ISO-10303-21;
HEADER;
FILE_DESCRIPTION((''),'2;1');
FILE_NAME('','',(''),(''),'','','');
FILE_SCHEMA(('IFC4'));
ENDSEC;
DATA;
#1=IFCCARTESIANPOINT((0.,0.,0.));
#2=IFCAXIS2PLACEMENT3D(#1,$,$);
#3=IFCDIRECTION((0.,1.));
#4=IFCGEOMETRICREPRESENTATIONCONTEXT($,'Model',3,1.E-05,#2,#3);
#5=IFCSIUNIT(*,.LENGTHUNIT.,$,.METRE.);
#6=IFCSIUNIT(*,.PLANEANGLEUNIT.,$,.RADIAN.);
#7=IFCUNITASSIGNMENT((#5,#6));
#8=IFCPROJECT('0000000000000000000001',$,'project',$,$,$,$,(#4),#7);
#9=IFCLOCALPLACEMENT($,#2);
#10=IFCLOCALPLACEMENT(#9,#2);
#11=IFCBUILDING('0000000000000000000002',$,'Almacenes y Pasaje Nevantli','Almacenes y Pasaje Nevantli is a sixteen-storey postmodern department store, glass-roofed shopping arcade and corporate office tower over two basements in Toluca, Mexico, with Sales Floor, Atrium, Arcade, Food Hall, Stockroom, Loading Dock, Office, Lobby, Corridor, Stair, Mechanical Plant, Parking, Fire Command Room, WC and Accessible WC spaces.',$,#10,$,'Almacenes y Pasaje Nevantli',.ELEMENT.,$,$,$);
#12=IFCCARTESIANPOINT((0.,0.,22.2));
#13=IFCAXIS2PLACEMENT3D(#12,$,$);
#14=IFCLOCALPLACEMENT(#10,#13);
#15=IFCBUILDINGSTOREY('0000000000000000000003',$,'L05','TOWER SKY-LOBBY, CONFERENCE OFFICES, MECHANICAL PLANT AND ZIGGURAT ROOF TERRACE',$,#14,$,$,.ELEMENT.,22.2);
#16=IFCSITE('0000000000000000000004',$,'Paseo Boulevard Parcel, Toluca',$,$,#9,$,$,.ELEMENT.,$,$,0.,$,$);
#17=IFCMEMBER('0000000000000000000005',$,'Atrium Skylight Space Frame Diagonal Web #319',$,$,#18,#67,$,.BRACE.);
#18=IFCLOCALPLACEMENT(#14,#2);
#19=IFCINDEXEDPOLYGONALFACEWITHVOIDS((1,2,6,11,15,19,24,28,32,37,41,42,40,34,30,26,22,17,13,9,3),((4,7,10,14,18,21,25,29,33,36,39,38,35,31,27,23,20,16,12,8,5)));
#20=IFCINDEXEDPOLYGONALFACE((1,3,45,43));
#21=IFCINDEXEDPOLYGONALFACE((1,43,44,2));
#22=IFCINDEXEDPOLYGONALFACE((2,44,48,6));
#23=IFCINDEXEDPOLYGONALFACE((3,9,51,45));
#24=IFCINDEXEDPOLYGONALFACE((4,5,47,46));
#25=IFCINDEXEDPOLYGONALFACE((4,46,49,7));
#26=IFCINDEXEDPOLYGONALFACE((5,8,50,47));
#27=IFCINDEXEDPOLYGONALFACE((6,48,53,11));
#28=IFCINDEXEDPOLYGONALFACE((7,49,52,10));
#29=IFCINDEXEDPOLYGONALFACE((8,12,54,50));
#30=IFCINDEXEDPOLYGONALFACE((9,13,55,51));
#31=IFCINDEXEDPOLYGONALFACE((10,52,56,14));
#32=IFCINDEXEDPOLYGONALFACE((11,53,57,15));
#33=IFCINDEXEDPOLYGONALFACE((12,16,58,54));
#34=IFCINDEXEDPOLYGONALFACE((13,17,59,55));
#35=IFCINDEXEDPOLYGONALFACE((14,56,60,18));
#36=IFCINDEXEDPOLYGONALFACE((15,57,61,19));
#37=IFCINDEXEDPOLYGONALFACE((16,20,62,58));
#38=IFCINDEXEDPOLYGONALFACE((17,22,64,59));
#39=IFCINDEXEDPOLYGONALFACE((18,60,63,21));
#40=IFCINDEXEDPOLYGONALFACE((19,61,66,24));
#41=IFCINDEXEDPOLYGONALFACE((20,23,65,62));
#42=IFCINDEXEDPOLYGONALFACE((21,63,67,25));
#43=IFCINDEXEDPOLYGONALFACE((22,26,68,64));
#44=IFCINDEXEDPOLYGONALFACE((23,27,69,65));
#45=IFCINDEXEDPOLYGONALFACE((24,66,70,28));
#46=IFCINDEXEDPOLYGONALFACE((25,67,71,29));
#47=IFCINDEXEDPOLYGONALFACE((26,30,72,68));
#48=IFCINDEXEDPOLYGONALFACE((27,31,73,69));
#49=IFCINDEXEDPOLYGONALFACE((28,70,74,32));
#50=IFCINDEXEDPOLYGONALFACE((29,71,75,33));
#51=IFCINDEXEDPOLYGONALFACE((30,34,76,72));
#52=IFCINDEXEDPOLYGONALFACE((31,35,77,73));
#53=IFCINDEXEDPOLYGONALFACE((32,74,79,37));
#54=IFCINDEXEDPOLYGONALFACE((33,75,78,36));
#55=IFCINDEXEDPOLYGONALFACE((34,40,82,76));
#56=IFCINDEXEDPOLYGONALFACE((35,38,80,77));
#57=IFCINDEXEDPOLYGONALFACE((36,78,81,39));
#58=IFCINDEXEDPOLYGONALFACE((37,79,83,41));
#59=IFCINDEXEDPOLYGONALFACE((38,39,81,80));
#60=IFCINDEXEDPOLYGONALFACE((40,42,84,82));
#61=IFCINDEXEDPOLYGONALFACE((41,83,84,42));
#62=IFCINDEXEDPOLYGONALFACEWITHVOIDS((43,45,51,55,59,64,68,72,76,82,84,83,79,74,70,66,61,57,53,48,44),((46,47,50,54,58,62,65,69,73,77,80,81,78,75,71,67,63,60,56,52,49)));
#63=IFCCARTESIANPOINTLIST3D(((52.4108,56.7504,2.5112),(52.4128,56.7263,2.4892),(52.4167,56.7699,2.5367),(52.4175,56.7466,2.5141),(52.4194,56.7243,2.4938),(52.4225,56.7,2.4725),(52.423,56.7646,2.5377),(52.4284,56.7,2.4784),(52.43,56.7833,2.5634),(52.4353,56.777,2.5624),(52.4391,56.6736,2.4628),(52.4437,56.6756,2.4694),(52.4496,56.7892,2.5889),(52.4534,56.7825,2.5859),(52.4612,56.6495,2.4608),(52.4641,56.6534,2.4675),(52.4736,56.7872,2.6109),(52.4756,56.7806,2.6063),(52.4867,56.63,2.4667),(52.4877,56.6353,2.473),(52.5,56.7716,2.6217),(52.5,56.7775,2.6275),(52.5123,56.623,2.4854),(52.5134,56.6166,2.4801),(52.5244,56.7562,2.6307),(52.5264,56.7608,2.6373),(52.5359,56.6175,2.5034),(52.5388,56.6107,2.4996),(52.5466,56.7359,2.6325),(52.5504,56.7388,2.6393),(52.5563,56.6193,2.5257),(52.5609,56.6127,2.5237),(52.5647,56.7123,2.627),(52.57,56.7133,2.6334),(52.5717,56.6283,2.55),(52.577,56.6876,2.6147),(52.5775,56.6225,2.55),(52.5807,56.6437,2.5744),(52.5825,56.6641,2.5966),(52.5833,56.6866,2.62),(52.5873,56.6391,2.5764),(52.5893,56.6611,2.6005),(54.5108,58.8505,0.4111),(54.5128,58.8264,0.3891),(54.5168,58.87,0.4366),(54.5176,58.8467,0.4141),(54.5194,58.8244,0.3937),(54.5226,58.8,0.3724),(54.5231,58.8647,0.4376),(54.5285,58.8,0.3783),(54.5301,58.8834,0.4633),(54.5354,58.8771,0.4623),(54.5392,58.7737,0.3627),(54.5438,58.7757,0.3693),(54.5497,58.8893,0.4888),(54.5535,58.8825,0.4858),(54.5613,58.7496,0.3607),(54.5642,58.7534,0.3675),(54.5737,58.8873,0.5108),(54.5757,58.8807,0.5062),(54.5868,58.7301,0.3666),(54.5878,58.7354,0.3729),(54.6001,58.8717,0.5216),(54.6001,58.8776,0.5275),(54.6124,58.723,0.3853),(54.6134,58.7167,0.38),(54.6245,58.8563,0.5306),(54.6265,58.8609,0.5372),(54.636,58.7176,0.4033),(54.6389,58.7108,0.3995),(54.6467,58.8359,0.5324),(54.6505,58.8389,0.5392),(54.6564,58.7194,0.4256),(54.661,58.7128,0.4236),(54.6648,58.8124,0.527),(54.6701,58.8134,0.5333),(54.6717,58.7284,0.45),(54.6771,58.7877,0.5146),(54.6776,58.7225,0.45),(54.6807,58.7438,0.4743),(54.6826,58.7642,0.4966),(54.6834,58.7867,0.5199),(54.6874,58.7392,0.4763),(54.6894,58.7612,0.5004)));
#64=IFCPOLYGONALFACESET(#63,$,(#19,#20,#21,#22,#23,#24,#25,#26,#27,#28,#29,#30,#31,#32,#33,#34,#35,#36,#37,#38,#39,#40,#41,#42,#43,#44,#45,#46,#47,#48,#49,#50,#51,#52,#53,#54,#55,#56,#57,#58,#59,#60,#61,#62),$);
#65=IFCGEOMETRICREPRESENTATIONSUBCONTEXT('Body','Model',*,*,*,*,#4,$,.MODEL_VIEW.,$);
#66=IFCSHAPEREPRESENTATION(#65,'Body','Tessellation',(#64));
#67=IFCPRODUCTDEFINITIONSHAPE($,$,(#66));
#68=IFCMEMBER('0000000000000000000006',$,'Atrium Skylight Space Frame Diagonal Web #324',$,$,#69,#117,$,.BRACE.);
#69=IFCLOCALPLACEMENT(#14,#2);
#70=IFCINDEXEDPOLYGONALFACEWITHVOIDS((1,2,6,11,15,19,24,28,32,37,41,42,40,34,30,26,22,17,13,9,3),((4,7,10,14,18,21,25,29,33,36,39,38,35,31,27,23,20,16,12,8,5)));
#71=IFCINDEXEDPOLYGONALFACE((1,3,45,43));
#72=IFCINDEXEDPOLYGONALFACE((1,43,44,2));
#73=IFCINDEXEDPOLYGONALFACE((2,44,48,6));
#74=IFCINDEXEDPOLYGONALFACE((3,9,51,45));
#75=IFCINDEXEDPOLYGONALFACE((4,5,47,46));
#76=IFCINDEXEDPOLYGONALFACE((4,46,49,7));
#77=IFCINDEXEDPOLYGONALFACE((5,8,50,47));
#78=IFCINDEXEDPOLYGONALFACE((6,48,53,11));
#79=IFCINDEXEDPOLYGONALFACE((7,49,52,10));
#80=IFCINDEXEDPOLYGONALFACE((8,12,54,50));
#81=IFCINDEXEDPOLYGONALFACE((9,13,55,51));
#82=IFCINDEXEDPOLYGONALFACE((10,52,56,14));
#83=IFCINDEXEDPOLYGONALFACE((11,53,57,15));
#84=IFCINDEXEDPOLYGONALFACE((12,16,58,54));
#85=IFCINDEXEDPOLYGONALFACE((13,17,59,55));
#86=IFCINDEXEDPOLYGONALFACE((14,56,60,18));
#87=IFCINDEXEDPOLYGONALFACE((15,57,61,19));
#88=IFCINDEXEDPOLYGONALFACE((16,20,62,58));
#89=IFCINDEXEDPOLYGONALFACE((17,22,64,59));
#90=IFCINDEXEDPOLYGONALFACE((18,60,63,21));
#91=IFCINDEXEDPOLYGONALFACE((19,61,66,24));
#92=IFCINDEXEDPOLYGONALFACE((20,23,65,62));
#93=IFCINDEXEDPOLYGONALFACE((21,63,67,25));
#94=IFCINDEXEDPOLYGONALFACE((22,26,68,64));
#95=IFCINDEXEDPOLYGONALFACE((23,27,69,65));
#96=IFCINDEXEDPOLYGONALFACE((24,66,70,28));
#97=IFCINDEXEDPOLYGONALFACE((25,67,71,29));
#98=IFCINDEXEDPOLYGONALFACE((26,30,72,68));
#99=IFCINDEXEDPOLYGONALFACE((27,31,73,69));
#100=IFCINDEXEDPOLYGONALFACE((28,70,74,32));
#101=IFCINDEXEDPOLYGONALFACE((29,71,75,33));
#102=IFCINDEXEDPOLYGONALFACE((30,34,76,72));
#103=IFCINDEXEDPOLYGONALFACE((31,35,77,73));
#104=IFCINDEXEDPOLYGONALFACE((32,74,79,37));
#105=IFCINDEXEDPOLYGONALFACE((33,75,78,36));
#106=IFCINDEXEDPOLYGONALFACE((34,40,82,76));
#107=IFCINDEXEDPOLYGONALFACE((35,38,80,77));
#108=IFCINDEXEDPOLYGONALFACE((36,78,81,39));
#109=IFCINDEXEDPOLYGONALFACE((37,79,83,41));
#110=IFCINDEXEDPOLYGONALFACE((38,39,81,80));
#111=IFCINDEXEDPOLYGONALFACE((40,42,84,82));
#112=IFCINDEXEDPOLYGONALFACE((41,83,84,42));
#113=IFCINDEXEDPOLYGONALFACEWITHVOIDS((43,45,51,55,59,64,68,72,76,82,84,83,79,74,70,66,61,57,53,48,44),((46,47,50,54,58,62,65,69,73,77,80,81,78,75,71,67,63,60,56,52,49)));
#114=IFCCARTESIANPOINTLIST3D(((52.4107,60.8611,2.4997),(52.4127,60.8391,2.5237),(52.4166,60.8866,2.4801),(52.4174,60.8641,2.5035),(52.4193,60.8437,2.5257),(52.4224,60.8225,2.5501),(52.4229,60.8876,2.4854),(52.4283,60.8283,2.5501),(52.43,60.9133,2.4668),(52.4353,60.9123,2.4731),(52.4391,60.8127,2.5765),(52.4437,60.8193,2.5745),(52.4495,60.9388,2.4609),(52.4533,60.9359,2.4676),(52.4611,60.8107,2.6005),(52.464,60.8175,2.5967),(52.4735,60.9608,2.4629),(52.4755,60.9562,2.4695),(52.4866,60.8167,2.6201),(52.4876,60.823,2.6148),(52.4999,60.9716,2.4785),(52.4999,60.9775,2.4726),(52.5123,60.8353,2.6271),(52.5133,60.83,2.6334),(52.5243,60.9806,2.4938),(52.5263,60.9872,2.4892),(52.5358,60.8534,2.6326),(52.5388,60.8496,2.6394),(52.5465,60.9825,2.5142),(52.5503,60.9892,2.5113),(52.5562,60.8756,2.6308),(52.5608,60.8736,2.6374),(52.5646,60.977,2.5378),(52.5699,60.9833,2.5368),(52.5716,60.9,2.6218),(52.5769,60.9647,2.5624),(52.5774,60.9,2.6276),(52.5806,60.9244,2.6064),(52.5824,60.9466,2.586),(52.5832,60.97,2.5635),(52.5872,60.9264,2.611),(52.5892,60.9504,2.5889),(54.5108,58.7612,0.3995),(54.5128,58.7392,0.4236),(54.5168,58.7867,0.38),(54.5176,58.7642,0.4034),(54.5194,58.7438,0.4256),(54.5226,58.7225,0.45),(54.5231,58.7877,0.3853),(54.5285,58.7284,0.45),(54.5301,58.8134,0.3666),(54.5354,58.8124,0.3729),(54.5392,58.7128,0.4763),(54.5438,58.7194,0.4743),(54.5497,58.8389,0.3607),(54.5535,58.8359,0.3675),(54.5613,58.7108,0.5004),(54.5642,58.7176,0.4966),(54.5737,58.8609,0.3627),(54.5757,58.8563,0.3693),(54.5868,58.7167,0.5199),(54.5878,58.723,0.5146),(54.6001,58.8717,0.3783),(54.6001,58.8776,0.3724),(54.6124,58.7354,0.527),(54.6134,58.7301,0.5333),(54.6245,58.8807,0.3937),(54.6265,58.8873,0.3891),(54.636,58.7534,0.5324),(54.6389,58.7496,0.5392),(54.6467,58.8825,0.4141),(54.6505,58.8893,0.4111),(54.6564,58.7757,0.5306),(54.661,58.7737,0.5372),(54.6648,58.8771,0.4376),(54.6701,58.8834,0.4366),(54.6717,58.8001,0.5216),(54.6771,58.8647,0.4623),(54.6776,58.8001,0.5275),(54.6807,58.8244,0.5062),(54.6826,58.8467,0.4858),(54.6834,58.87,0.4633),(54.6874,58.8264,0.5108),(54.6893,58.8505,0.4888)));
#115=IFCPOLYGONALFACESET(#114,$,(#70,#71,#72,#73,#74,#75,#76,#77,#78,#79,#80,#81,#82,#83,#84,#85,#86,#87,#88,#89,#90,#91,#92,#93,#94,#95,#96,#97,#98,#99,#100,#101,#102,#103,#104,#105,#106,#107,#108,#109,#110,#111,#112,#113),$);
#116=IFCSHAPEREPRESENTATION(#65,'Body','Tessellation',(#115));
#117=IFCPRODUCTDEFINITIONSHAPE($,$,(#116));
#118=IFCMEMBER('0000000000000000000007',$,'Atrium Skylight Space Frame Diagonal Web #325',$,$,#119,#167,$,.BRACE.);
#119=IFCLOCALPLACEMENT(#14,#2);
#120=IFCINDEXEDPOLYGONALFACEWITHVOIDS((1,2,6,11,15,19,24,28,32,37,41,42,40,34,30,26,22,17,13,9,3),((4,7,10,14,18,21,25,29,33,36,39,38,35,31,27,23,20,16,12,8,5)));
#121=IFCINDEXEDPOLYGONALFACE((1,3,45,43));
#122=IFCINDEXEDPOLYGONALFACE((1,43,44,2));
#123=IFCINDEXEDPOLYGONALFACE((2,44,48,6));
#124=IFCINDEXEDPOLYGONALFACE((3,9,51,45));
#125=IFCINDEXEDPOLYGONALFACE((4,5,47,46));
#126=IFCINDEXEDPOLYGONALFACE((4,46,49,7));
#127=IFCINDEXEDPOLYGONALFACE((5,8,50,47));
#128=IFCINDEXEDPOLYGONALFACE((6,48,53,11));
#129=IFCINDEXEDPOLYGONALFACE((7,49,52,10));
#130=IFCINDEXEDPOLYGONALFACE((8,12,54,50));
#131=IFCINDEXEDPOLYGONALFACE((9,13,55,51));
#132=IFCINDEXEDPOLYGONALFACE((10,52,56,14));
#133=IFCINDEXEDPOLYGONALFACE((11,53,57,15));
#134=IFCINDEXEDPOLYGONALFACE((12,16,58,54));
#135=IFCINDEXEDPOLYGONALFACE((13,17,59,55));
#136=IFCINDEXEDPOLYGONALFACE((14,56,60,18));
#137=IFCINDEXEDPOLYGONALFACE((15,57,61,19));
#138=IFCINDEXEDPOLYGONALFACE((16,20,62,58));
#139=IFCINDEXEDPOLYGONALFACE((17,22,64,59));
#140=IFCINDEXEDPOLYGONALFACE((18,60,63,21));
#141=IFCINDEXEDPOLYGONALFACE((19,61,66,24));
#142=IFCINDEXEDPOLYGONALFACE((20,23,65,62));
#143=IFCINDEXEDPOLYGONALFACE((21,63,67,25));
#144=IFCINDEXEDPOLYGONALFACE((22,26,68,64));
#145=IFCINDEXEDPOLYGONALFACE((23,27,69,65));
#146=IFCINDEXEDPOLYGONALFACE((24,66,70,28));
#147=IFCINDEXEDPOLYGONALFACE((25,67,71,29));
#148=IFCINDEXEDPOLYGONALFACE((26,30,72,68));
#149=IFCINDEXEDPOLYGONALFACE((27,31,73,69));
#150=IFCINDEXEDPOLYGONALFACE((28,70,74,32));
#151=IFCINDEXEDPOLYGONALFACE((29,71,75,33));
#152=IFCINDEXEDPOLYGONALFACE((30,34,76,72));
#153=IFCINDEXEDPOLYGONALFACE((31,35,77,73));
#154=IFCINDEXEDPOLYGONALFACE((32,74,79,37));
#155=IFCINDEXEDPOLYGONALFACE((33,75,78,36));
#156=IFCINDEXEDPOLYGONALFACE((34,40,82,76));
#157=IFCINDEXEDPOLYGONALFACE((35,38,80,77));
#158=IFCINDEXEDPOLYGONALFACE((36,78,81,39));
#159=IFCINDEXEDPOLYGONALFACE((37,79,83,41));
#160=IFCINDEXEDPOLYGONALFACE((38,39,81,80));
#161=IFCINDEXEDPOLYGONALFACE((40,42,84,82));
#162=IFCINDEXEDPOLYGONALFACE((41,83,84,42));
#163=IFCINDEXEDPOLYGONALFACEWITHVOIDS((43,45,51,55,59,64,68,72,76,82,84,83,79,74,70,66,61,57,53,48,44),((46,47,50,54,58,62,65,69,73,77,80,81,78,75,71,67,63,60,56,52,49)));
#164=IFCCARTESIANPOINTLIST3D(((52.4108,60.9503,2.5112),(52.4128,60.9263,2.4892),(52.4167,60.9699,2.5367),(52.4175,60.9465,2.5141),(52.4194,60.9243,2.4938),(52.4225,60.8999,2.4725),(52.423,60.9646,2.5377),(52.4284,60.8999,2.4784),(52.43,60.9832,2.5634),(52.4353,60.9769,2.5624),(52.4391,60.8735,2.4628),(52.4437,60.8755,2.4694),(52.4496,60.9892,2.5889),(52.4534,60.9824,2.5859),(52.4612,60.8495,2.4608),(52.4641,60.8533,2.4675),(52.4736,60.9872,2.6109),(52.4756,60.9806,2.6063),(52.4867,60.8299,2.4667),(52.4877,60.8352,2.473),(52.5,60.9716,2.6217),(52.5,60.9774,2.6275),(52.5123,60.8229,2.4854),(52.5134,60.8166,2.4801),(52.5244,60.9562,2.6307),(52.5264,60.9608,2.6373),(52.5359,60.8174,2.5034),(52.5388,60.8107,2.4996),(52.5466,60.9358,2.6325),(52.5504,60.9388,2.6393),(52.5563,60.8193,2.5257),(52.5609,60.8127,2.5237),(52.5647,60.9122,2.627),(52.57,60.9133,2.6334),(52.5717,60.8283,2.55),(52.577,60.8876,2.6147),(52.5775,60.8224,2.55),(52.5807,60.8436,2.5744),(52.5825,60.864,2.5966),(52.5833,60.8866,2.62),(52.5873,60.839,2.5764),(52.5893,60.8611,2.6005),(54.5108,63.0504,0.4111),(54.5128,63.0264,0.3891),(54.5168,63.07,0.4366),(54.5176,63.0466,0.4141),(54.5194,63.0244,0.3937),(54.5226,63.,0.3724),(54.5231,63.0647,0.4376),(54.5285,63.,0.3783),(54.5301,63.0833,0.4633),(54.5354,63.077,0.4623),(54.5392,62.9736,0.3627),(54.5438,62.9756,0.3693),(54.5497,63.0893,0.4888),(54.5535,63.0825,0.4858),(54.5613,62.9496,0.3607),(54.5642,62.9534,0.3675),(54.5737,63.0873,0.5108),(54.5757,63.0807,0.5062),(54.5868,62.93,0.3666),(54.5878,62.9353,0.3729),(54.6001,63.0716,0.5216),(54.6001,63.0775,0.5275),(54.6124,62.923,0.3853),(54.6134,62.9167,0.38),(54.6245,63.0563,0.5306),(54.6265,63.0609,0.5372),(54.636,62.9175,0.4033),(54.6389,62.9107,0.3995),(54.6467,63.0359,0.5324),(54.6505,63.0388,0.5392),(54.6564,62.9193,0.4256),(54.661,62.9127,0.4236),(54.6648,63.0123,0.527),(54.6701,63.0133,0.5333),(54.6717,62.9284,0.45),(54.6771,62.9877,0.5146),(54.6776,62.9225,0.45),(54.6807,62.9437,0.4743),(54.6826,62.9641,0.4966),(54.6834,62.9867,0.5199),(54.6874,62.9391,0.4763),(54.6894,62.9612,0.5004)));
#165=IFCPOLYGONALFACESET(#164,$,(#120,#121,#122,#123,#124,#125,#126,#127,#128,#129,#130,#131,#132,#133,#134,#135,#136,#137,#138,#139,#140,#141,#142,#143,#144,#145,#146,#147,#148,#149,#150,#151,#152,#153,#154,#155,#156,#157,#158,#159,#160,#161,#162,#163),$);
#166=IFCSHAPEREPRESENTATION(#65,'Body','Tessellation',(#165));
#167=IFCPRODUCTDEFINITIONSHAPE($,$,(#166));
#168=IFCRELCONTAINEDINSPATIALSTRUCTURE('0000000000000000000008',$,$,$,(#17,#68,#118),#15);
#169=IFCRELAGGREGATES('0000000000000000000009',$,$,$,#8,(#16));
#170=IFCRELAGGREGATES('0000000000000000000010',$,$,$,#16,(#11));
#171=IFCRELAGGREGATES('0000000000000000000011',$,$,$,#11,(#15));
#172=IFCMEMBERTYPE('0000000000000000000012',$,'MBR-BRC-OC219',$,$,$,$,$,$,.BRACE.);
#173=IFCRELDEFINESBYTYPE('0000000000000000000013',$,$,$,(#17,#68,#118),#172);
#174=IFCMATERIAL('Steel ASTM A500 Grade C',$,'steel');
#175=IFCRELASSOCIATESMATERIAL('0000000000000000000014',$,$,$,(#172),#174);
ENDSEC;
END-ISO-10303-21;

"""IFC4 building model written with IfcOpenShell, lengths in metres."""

from ifc_helpers import new_model, si_unit, direction, frame, origin, origin_2d, place, context, subcontext, project, spatial, hollow_circle, extrude, material, material_profile, profile_set, type_object, element, save


model = new_model("IFC4")

# Units and contexts
model_context = context("Model", 3, precision=1e-05, world=origin(), true_north=direction((0.0, 1.0)))
body_context = subcontext(model_context, "Body", "Model", "MODEL_VIEW")
ifc_project = project(units=[si_unit("LENGTHUNIT", "METRE"), si_unit("PLANEANGLEUNIT", "RADIAN")], contexts=[model_context])

# Site, building, storey
site_placement = place(None, origin())
site = spatial("IfcSite", under=ifc_project, at=site_placement, Name="Paseo Boulevard Parcel, Toluca", CompositionType="ELEMENT", RefElevation=0.0)
building_placement = place(site_placement, origin())
building = spatial("IfcBuilding", under=site, at=building_placement, Name="Almacenes y Pasaje Nevantli", Description="Almacenes y Pasaje Nevantli is a sixteen-storey postmodern department store, glass-roofed shopping arcade and corporate office tower over two basements in Toluca, Mexico, with Sales Floor, Atrium, Arcade, Food Hall, Stockroom, Loading Dock, Office, Lobby, Corridor, Stair, Mechanical Plant, Parking, Fire Command Room, WC and Accessible WC spaces.", LongName="Almacenes y Pasaje Nevantli", CompositionType="ELEMENT")
storey_placement = place(building_placement, frame((0.0, 0.0, 22.2)))
storey = spatial("IfcBuildingStorey", under=building, at=storey_placement, Name="L05", Description="TOWER SKY-LOBBY, CONFERENCE OFFICES, MECHANICAL PLANT AND ZIGGURAT ROOF TERRACE", CompositionType="ELEMENT", Elevation=22.2)

# Members
ifc_material_1 = material(Name="Steel ASTM A500 Grade C", Category="steel")
ifc_material_profile_1 = material_profile(ifc_material_1, hollow_circle(Radius=0.1096, WallThickness=0.0083, at=origin_2d()), Name="OC 219x8.2")
ifc_profile_set_1 = profile_set([ifc_material_profile_1], Name="Steel ASTM A500 Grade C")
member_type_1 = type_object("IfcMemberType", Name="MBR-BRC-OC219", PredefinedType="BRACE", material=ifc_profile_set_1)
for number, where, z_axis, x_axis, name in (
    (1, (54.6001, 58.8, 0.45), (-0.57735, -0.57735, 0.57735), (0.707107, -0.707107, 0.0), "Atrium Skylight Space Frame Diagonal Web #319"),
    (2, (54.6001, 58.8, 0.45), (-0.577373, 0.577306, 0.577373), (-0.707066, -0.707148, 0.0), "Atrium Skylight Space Frame Diagonal Web #324"),
    (3, (54.6001, 63.0, 0.45), (-0.57735, -0.57735, 0.57735), (0.707107, -0.707107, 0.0), "Atrium Skylight Space Frame Diagonal Web #325"),
):
    element("IfcMember", number, at=place(storey_placement, frame(where, z_axis=z_axis, x_axis=x_axis)), inside=storey, type_object=member_type_1, Name=name, PredefinedType="BRACE", context=body_context, shape_type="SweptSolid", body=[
        extrude(hollow_circle(Radius=0.1096, WallThickness=0.0083, at=origin_2d()), origin(), (0.0, 0.0, 1.0), 3.6375),
    ])

save(model, "model.ifc")
